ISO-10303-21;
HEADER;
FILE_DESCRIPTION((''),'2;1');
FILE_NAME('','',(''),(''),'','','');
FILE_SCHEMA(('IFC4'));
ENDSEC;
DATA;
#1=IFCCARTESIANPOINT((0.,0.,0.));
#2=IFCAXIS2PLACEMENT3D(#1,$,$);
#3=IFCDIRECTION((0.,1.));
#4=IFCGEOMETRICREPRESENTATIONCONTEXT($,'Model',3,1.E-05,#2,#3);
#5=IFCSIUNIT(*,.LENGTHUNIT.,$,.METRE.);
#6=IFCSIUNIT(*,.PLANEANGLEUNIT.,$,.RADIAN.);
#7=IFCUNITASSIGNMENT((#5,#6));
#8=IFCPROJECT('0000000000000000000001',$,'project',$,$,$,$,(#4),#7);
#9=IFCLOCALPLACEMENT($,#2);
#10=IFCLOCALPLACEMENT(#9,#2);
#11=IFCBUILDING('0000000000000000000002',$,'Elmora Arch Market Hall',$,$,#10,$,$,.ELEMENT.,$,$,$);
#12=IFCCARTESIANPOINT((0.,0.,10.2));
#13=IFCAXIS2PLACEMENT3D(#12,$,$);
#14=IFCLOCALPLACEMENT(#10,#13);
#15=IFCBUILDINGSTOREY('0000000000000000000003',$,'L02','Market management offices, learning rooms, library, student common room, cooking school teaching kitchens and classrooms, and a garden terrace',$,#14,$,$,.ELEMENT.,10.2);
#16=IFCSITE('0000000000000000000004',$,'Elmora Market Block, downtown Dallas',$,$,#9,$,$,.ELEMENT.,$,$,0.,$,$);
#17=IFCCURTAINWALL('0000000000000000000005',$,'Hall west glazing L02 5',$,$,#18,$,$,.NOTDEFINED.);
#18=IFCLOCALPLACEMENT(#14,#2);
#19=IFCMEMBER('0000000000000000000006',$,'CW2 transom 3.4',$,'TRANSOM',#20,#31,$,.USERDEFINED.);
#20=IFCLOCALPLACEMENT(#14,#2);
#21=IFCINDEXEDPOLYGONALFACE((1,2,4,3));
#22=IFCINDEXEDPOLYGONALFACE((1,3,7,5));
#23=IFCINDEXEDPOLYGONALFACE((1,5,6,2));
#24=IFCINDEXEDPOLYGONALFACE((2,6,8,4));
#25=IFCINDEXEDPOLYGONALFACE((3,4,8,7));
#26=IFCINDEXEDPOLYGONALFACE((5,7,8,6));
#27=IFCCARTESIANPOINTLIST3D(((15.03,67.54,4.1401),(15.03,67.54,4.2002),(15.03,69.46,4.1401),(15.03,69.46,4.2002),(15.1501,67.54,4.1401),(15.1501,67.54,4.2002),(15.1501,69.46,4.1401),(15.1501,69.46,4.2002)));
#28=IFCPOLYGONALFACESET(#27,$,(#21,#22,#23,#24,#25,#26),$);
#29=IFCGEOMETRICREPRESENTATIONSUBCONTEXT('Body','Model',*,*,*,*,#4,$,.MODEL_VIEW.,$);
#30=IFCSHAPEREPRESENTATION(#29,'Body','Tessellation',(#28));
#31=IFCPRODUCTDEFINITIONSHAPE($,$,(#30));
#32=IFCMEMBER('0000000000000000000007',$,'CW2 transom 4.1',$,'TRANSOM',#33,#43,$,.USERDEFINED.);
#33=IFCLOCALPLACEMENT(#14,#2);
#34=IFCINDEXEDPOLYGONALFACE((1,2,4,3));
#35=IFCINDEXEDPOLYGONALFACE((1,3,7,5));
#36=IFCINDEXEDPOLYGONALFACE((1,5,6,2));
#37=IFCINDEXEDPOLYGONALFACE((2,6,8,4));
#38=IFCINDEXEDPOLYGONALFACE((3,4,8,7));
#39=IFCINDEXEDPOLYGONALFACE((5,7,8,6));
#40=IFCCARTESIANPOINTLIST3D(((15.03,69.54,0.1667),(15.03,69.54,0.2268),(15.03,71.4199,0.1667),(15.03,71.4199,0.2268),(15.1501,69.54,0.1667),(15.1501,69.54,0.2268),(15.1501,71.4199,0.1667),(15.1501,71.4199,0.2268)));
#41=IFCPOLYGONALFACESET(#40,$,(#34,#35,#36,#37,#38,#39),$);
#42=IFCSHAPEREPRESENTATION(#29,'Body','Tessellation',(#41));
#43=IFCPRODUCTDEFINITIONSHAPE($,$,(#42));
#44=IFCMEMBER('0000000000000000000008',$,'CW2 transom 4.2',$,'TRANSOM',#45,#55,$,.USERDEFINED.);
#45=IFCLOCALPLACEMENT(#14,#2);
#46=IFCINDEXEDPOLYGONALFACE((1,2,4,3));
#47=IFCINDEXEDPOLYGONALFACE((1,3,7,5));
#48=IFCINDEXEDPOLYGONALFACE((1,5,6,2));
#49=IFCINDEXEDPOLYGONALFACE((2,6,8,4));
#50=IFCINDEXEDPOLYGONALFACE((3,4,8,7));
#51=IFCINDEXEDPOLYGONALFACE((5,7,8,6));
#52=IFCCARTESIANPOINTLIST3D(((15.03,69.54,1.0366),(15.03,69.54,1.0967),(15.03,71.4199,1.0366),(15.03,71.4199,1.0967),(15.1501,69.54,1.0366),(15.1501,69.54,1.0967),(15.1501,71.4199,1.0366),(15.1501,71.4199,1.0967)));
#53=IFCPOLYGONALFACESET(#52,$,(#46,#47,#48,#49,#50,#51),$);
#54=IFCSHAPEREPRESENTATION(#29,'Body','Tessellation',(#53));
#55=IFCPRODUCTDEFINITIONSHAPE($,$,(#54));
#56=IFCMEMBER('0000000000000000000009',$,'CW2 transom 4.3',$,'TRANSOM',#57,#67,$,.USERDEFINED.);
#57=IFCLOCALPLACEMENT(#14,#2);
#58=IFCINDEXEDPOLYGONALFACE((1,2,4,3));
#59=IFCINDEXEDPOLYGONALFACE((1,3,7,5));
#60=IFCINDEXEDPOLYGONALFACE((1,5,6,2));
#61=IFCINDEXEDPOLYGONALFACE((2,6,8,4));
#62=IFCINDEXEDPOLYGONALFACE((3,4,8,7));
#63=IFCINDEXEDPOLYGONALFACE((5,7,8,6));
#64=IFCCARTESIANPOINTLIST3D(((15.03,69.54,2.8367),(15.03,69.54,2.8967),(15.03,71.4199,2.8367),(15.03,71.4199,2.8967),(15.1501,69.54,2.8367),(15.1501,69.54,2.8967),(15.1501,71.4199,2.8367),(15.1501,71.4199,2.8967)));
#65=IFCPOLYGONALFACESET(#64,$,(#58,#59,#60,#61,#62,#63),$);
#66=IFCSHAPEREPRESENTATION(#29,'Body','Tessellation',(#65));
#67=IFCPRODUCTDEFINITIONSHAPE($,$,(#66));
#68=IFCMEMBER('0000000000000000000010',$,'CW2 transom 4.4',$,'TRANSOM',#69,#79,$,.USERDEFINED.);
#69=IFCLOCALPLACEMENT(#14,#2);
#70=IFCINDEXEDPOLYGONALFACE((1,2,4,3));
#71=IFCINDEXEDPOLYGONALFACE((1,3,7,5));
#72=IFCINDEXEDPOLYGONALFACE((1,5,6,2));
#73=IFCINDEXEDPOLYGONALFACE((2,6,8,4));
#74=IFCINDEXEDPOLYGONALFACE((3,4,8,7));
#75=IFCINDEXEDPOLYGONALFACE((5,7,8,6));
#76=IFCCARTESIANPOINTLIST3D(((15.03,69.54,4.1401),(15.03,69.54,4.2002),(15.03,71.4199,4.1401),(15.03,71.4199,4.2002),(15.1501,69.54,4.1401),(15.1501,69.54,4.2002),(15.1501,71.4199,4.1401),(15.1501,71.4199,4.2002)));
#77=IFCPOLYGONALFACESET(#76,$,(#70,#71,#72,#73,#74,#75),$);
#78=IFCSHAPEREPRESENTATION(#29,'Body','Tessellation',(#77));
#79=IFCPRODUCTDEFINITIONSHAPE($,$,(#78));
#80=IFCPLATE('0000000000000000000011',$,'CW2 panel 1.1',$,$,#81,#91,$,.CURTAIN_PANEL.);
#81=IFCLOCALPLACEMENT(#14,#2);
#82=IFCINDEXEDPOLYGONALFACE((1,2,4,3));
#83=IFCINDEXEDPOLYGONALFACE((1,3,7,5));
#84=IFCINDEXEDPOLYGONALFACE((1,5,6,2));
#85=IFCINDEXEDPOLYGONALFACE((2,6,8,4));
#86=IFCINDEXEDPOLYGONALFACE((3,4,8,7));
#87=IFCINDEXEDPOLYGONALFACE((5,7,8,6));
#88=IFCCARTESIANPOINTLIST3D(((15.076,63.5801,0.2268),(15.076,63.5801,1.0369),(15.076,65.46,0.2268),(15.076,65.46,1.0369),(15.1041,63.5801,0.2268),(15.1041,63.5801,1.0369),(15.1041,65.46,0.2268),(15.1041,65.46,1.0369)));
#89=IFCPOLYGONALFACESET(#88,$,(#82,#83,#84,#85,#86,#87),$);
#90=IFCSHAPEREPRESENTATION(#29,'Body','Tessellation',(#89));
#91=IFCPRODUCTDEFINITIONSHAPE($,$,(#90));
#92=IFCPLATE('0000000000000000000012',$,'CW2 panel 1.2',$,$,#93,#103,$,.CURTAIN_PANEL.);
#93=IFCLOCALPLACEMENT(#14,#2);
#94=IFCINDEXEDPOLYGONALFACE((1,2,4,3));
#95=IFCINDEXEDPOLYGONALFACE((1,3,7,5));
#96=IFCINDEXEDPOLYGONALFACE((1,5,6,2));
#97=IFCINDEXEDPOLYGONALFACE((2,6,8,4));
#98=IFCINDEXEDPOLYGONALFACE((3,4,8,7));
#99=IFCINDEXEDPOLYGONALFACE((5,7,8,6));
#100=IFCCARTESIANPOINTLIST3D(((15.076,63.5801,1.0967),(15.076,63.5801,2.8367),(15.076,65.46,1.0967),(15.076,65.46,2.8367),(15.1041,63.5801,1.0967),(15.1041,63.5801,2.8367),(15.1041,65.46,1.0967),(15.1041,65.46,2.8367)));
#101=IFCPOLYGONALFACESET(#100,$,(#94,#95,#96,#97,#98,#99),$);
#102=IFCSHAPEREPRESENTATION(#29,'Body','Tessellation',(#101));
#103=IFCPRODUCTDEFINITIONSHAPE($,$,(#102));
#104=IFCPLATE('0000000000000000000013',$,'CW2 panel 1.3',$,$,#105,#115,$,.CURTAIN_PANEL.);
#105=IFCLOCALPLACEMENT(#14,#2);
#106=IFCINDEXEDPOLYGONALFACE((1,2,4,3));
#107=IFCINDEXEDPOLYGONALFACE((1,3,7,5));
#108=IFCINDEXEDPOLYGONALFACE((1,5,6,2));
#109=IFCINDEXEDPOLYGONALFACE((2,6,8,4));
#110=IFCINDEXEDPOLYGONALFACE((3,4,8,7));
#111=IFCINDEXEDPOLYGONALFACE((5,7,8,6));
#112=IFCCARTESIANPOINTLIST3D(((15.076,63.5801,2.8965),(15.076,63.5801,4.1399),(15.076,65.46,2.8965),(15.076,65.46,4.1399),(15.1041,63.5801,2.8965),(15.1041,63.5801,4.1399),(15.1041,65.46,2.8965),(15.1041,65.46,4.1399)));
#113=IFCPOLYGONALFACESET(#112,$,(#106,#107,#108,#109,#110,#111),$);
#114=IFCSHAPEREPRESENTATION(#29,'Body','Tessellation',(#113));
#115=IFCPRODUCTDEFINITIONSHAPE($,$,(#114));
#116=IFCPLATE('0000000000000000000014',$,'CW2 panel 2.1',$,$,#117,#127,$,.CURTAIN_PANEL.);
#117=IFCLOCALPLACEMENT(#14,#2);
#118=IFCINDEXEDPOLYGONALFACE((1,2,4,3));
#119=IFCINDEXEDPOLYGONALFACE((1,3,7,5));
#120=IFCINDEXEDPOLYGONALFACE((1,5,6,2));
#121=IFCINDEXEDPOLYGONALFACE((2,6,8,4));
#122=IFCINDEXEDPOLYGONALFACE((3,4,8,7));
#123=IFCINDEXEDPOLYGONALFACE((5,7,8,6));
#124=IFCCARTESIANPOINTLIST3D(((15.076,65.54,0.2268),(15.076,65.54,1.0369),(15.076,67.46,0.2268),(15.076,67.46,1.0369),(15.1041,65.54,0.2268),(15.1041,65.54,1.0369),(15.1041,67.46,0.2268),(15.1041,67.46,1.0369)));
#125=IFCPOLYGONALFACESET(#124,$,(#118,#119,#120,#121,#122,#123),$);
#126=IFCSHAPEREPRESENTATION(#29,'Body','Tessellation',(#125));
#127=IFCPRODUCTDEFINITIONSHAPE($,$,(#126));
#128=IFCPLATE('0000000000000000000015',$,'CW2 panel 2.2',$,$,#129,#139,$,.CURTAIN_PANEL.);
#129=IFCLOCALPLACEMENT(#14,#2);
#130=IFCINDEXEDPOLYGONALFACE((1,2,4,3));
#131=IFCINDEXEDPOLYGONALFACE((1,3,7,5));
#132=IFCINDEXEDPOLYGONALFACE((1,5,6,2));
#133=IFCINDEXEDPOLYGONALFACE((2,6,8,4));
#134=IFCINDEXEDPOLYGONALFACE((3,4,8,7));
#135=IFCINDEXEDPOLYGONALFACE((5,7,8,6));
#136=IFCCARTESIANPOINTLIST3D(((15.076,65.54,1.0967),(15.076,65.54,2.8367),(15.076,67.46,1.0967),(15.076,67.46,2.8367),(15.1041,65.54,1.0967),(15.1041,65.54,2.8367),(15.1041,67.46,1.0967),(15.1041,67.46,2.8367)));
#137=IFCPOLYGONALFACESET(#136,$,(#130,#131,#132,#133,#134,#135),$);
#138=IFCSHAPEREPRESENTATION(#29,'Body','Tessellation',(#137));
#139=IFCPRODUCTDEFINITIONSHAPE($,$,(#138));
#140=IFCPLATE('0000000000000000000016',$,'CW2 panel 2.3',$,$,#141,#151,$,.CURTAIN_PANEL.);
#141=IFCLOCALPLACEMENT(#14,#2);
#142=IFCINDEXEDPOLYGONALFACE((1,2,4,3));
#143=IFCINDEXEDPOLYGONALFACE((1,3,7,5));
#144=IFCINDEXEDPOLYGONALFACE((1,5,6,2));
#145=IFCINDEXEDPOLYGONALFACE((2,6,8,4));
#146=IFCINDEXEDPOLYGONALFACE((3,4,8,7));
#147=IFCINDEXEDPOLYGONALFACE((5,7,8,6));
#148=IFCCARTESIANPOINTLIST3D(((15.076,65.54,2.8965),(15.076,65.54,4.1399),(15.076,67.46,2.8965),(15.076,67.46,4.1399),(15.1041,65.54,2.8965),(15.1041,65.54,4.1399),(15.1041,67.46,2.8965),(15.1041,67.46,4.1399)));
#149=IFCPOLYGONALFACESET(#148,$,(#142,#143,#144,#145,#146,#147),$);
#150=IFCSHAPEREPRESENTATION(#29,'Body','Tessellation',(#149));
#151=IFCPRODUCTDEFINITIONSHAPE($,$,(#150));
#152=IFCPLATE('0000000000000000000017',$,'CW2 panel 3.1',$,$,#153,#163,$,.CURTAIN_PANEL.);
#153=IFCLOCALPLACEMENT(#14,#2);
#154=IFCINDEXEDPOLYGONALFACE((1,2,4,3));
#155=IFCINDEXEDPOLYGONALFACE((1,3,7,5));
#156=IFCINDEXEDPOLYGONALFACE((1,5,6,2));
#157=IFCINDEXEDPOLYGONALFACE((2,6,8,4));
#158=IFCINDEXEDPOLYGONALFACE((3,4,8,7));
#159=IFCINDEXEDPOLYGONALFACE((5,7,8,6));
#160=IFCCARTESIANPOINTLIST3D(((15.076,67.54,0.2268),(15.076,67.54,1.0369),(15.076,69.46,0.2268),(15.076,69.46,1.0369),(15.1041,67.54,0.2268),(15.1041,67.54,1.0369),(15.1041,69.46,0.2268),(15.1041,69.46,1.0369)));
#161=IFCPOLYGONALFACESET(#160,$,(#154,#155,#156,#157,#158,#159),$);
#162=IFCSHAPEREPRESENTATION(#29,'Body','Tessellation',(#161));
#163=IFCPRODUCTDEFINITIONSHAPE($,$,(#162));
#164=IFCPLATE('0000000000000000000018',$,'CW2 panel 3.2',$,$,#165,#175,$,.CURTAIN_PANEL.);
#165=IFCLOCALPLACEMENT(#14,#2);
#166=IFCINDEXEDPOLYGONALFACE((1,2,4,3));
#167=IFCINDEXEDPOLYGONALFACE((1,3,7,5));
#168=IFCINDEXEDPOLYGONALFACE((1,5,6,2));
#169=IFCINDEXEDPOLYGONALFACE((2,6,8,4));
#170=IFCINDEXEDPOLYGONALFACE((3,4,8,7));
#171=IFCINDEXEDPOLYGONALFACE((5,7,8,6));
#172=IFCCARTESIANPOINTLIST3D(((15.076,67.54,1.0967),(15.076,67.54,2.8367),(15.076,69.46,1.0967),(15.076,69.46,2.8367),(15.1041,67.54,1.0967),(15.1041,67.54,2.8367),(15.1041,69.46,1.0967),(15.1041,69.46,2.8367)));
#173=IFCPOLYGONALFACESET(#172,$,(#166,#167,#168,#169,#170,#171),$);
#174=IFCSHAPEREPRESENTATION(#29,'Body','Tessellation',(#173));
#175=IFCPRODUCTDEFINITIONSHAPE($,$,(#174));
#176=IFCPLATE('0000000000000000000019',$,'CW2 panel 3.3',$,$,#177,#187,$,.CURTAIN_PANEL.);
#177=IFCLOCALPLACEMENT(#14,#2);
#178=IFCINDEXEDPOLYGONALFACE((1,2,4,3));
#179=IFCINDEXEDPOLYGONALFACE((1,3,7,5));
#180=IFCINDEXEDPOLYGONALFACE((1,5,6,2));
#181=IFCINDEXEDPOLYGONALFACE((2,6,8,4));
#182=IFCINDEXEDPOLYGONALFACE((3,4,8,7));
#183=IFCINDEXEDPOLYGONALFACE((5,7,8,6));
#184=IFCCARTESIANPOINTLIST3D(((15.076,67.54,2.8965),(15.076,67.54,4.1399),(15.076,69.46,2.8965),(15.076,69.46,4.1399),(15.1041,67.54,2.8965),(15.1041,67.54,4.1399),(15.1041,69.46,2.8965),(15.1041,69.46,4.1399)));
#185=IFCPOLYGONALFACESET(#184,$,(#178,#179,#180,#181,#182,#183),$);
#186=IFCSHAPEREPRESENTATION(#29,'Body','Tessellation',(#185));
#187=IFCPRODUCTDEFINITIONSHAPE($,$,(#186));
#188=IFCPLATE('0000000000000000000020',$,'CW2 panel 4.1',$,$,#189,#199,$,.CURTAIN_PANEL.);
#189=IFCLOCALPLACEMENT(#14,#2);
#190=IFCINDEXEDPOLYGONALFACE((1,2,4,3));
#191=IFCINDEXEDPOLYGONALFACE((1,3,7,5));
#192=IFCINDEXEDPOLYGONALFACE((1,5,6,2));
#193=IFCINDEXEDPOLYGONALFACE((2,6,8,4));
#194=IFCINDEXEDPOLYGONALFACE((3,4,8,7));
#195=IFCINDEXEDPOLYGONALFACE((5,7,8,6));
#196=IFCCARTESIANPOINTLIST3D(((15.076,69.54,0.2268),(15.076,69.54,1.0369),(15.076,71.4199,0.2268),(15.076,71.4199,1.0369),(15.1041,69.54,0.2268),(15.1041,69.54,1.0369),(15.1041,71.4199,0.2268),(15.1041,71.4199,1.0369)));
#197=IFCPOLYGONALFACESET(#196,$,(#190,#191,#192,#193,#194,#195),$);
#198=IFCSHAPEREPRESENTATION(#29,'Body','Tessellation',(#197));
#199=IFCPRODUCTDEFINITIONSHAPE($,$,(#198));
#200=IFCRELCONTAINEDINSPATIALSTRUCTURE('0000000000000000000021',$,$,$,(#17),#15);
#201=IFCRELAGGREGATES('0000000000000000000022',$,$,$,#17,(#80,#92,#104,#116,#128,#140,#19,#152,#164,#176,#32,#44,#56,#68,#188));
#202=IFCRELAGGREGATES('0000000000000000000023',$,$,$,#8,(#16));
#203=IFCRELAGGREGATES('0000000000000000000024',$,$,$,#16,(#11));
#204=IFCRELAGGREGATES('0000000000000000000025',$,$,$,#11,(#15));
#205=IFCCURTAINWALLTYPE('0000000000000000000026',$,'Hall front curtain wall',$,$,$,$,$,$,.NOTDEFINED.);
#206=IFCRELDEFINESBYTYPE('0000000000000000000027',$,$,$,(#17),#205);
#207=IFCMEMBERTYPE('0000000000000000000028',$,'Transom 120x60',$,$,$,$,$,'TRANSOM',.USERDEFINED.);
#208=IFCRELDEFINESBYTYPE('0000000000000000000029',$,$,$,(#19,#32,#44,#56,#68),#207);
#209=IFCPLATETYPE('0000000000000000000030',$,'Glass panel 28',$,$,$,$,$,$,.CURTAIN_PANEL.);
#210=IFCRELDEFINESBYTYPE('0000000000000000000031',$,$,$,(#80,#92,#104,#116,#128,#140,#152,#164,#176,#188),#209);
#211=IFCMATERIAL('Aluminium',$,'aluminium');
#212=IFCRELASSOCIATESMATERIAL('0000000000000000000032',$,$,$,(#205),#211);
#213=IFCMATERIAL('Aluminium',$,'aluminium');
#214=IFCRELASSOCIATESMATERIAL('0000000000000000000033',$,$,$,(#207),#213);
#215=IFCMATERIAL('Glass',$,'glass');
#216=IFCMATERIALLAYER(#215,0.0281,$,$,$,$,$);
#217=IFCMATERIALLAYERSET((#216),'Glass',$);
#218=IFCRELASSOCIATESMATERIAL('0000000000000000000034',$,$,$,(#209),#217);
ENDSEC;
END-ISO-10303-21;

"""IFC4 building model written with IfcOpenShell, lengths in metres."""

from ifc_helpers import new_model, si_unit, direction, frame, origin, origin_2d, place, context, subcontext, project, spatial, rectangle, extrude, material, layer, layer_set, material_profile, profile_set, type_object, element, aggregate, save


model = new_model("IFC4")

# Units and contexts
model_context = context("Model", 3, precision=1e-05, world=origin(), true_north=direction((0.0, 1.0)))
body_context = subcontext(model_context, "Body", "Model", "MODEL_VIEW")
ifc_project = project(units=[si_unit("LENGTHUNIT", "METRE"), si_unit("PLANEANGLEUNIT", "RADIAN")], contexts=[model_context])

# Site, building, storey
site_placement = place(None, origin())
site = spatial("IfcSite", under=ifc_project, at=site_placement, Name="Elmora Market Block, downtown Dallas", CompositionType="ELEMENT", RefElevation=0.0)
building_placement = place(site_placement, origin())
building = spatial("IfcBuilding", under=site, at=building_placement, Name="Elmora Arch Market Hall", CompositionType="ELEMENT")
storey_placement = place(building_placement, frame((0.0, 0.0, 10.2)))
storey = spatial("IfcBuildingStorey", under=building, at=storey_placement, Name="L02", Description="Market management offices, learning rooms, library, student common room, cooking school teaching kitchens and classrooms, and a garden terrace", CompositionType="ELEMENT", Elevation=10.2)

# Curtain wall, members, plates
ifc_material_1 = material(Name="Aluminium", Category="aluminium")
curtain_wall_type = type_object("IfcCurtainWallType", Name="Hall front curtain wall", PredefinedType="NOTDEFINED", material=ifc_material_1)
curtain_wall_placement = place(storey_placement, origin())
curtain_wall = element("IfcCurtainWall", 1, at=curtain_wall_placement, inside=storey, type_object=curtain_wall_type, Name="Hall west glazing L02 5", PredefinedType="NOTDEFINED")
ifc_material_2 = material(Name="Aluminium", Category="aluminium")
ifc_material_profile_1 = material_profile(ifc_material_2, rectangle(XDim=0.1201, YDim=0.0601, at=origin_2d()), Name="AL 120x60")
ifc_profile_set_1 = profile_set([ifc_material_profile_1], Name="Aluminium")
member_type_1 = type_object("IfcMemberType", Name="Transom 120x60", ElementType="TRANSOM", PredefinedType="USERDEFINED", material=ifc_profile_set_1)
member_1_placement = place(storey_placement, frame((15.0901, 67.54, 4.1702), z_axis=(0.0, 1.0, 0.0), x_axis=(-1.0, 0.0, 0.0)))
member_1 = element("IfcMember", 2, at=member_1_placement, type_object=member_type_1, Name="CW2 transom 3.4", ObjectType="TRANSOM", PredefinedType="USERDEFINED", context=body_context, shape_type="SweptSolid", body=[
    extrude(rectangle(XDim=0.1201, YDim=0.0601, at=origin_2d()), origin(), (0.0, 0.0, 1.0), 1.9199),
])
member_2_placement = place(storey_placement, frame((15.0901, 69.54, 0.1968), z_axis=(0.0, 1.0, 0.0), x_axis=(-1.0, 0.0, 0.0)))
member_2 = element("IfcMember", 3, at=member_2_placement, type_object=member_type_1, Name="CW2 transom 4.1", ObjectType="TRANSOM", PredefinedType="USERDEFINED", context=body_context, shape_type="SweptSolid", body=[
    extrude(rectangle(XDim=0.1201, YDim=0.0601, at=origin_2d()), origin(), (0.0, 0.0, 1.0), 1.8799),
])
member_3_placement = place(storey_placement, frame((15.0901, 69.54, 1.0667), z_axis=(0.0, 1.0, 0.0), x_axis=(-1.0, 0.0, 0.0)))
member_3 = element("IfcMember", 4, at=member_3_placement, type_object=member_type_1, Name="CW2 transom 4.2", ObjectType="TRANSOM", PredefinedType="USERDEFINED", context=body_context, shape_type="SweptSolid", body=[
    extrude(rectangle(XDim=0.1201, YDim=0.0601, at=origin_2d()), origin(), (0.0, 0.0, 1.0), 1.8799),
])
member_4_placement = place(storey_placement, frame((15.0901, 69.54, 2.8667), z_axis=(0.0, 1.0, 0.0), x_axis=(-1.0, 0.0, 0.0)))
member_4 = element("IfcMember", 5, at=member_4_placement, type_object=member_type_1, Name="CW2 transom 4.3", ObjectType="TRANSOM", PredefinedType="USERDEFINED", context=body_context, shape_type="SweptSolid", body=[
    extrude(rectangle(XDim=0.1201, YDim=0.0601, at=origin_2d()), origin(), (0.0, 0.0, 1.0), 1.8799),
])
member_5_placement = place(storey_placement, frame((15.0901, 69.54, 4.1702), z_axis=(0.0, 1.0, 0.0), x_axis=(-1.0, 0.0, 0.0)))
member_5 = element("IfcMember", 6, at=member_5_placement, type_object=member_type_1, Name="CW2 transom 4.4", ObjectType="TRANSOM", PredefinedType="USERDEFINED", context=body_context, shape_type="SweptSolid", body=[
    extrude(rectangle(XDim=0.1201, YDim=0.0601, at=origin_2d()), origin(), (0.0, 0.0, 1.0), 1.8799),
])
ifc_material_3 = material(Name="Glass", Category="glass")
ifc_layer = layer(ifc_material_3, 0.0281)
ifc_layer_set = layer_set([ifc_layer], Name="Glass")
plate_type = type_object("IfcPlateType", Name="Glass panel 28", PredefinedType="CURTAIN_PANEL", material=ifc_layer_set)
plate_1_placement = place(storey_placement, frame((15.0901, 64.52, 0.2268), z_axis=(0.0, 0.0, 1.0), x_axis=(0.0, 1.0, 0.0)))
plate_1 = element("IfcPlate", 7, at=plate_1_placement, type_object=plate_type, Name="CW2 panel 1.1", PredefinedType="CURTAIN_PANEL", context=body_context, shape_type="SweptSolid", body=[
    extrude(rectangle(XDim=1.8799, YDim=0.0281, at=origin_2d()), origin(), (0.0, 0.0, 1.0), 0.8101),
])
plate_2_placement = place(storey_placement, frame((15.0901, 64.52, 1.0967), z_axis=(0.0, 0.0, 1.0), x_axis=(0.0, 1.0, 0.0)))
plate_2 = element("IfcPlate", 8, at=plate_2_placement, type_object=plate_type, Name="CW2 panel 1.2", PredefinedType="CURTAIN_PANEL", context=body_context, shape_type="SweptSolid", body=[
    extrude(rectangle(XDim=1.8799, YDim=0.0281, at=origin_2d()), origin(), (0.0, 0.0, 1.0), 1.74),
])
plate_3_placement = place(storey_placement, frame((15.0901, 64.52, 2.8965), z_axis=(0.0, 0.0, 1.0), x_axis=(0.0, 1.0, 0.0)))
plate_3 = element("IfcPlate", 9, at=plate_3_placement, type_object=plate_type, Name="CW2 panel 1.3", PredefinedType="CURTAIN_PANEL", context=body_context, shape_type="SweptSolid", body=[
    extrude(rectangle(XDim=1.8799, YDim=0.0281, at=origin_2d()), origin(), (0.0, 0.0, 1.0), 1.2434),
])
plate_4_placement = place(storey_placement, frame((15.0901, 66.5, 0.2268), z_axis=(0.0, 0.0, 1.0), x_axis=(0.0, 1.0, 0.0)))
plate_4 = element("IfcPlate", 10, at=plate_4_placement, type_object=plate_type, Name="CW2 panel 2.1", PredefinedType="CURTAIN_PANEL", context=body_context, shape_type="SweptSolid", body=[
    extrude(rectangle(XDim=1.9199, YDim=0.0281, at=origin_2d()), origin(), (0.0, 0.0, 1.0), 0.8101),
])
plate_5_placement = place(storey_placement, frame((15.0901, 66.5, 1.0967), z_axis=(0.0, 0.0, 1.0), x_axis=(0.0, 1.0, 0.0)))
plate_5 = element("IfcPlate", 11, at=plate_5_placement, type_object=plate_type, Name="CW2 panel 2.2", PredefinedType="CURTAIN_PANEL", context=body_context, shape_type="SweptSolid", body=[
    extrude(rectangle(XDim=1.9199, YDim=0.0281, at=origin_2d()), origin(), (0.0, 0.0, 1.0), 1.74),
])
plate_6_placement = place(storey_placement, frame((15.0901, 66.5, 2.8965), z_axis=(0.0, 0.0, 1.0), x_axis=(0.0, 1.0, 0.0)))
plate_6 = element("IfcPlate", 12, at=plate_6_placement, type_object=plate_type, Name="CW2 panel 2.3", PredefinedType="CURTAIN_PANEL", context=body_context, shape_type="SweptSolid", body=[
    extrude(rectangle(XDim=1.9199, YDim=0.0281, at=origin_2d()), origin(), (0.0, 0.0, 1.0), 1.2434),
])
plate_7_placement = place(storey_placement, frame((15.0901, 68.5, 0.2268), z_axis=(0.0, 0.0, 1.0), x_axis=(0.0, 1.0, 0.0)))
plate_7 = element("IfcPlate", 13, at=plate_7_placement, type_object=plate_type, Name="CW2 panel 3.1", PredefinedType="CURTAIN_PANEL", context=body_context, shape_type="SweptSolid", body=[
    extrude(rectangle(XDim=1.9199, YDim=0.0281, at=origin_2d()), origin(), (0.0, 0.0, 1.0), 0.8101),
])
plate_8_placement = place(storey_placement, frame((15.0901, 68.5, 1.0967), z_axis=(0.0, 0.0, 1.0), x_axis=(0.0, 1.0, 0.0)))
plate_8 = element("IfcPlate", 14, at=plate_8_placement, type_object=plate_type, Name="CW2 panel 3.2", PredefinedType="CURTAIN_PANEL", context=body_context, shape_type="SweptSolid", body=[
    extrude(rectangle(XDim=1.9199, YDim=0.0281, at=origin_2d()), origin(), (0.0, 0.0, 1.0), 1.74),
])
plate_9_placement = place(storey_placement, frame((15.0901, 68.5, 2.8965), z_axis=(0.0, 0.0, 1.0), x_axis=(0.0, 1.0, 0.0)))
plate_9 = element("IfcPlate", 15, at=plate_9_placement, type_object=plate_type, Name="CW2 panel 3.3", PredefinedType="CURTAIN_PANEL", context=body_context, shape_type="SweptSolid", body=[
    extrude(rectangle(XDim=1.9199, YDim=0.0281, at=origin_2d()), origin(), (0.0, 0.0, 1.0), 1.2434),
])
plate_10_placement = place(storey_placement, frame((15.0901, 70.48, 0.2268), z_axis=(0.0, 0.0, 1.0), x_axis=(0.0, 1.0, 0.0)))
plate_10 = element("IfcPlate", 16, at=plate_10_placement, type_object=plate_type, Name="CW2 panel 4.1", PredefinedType="CURTAIN_PANEL", context=body_context, shape_type="SweptSolid", body=[
    extrude(rectangle(XDim=1.8799, YDim=0.0281, at=origin_2d()), origin(), (0.0, 0.0, 1.0), 0.8101),
])
aggregate(curtain_wall, [plate_1, plate_2, plate_3, plate_4, plate_5, plate_6, member_1, plate_7, plate_8, plate_9, member_2, member_3, member_4, member_5, plate_10])

save(model, "model.ifc")
